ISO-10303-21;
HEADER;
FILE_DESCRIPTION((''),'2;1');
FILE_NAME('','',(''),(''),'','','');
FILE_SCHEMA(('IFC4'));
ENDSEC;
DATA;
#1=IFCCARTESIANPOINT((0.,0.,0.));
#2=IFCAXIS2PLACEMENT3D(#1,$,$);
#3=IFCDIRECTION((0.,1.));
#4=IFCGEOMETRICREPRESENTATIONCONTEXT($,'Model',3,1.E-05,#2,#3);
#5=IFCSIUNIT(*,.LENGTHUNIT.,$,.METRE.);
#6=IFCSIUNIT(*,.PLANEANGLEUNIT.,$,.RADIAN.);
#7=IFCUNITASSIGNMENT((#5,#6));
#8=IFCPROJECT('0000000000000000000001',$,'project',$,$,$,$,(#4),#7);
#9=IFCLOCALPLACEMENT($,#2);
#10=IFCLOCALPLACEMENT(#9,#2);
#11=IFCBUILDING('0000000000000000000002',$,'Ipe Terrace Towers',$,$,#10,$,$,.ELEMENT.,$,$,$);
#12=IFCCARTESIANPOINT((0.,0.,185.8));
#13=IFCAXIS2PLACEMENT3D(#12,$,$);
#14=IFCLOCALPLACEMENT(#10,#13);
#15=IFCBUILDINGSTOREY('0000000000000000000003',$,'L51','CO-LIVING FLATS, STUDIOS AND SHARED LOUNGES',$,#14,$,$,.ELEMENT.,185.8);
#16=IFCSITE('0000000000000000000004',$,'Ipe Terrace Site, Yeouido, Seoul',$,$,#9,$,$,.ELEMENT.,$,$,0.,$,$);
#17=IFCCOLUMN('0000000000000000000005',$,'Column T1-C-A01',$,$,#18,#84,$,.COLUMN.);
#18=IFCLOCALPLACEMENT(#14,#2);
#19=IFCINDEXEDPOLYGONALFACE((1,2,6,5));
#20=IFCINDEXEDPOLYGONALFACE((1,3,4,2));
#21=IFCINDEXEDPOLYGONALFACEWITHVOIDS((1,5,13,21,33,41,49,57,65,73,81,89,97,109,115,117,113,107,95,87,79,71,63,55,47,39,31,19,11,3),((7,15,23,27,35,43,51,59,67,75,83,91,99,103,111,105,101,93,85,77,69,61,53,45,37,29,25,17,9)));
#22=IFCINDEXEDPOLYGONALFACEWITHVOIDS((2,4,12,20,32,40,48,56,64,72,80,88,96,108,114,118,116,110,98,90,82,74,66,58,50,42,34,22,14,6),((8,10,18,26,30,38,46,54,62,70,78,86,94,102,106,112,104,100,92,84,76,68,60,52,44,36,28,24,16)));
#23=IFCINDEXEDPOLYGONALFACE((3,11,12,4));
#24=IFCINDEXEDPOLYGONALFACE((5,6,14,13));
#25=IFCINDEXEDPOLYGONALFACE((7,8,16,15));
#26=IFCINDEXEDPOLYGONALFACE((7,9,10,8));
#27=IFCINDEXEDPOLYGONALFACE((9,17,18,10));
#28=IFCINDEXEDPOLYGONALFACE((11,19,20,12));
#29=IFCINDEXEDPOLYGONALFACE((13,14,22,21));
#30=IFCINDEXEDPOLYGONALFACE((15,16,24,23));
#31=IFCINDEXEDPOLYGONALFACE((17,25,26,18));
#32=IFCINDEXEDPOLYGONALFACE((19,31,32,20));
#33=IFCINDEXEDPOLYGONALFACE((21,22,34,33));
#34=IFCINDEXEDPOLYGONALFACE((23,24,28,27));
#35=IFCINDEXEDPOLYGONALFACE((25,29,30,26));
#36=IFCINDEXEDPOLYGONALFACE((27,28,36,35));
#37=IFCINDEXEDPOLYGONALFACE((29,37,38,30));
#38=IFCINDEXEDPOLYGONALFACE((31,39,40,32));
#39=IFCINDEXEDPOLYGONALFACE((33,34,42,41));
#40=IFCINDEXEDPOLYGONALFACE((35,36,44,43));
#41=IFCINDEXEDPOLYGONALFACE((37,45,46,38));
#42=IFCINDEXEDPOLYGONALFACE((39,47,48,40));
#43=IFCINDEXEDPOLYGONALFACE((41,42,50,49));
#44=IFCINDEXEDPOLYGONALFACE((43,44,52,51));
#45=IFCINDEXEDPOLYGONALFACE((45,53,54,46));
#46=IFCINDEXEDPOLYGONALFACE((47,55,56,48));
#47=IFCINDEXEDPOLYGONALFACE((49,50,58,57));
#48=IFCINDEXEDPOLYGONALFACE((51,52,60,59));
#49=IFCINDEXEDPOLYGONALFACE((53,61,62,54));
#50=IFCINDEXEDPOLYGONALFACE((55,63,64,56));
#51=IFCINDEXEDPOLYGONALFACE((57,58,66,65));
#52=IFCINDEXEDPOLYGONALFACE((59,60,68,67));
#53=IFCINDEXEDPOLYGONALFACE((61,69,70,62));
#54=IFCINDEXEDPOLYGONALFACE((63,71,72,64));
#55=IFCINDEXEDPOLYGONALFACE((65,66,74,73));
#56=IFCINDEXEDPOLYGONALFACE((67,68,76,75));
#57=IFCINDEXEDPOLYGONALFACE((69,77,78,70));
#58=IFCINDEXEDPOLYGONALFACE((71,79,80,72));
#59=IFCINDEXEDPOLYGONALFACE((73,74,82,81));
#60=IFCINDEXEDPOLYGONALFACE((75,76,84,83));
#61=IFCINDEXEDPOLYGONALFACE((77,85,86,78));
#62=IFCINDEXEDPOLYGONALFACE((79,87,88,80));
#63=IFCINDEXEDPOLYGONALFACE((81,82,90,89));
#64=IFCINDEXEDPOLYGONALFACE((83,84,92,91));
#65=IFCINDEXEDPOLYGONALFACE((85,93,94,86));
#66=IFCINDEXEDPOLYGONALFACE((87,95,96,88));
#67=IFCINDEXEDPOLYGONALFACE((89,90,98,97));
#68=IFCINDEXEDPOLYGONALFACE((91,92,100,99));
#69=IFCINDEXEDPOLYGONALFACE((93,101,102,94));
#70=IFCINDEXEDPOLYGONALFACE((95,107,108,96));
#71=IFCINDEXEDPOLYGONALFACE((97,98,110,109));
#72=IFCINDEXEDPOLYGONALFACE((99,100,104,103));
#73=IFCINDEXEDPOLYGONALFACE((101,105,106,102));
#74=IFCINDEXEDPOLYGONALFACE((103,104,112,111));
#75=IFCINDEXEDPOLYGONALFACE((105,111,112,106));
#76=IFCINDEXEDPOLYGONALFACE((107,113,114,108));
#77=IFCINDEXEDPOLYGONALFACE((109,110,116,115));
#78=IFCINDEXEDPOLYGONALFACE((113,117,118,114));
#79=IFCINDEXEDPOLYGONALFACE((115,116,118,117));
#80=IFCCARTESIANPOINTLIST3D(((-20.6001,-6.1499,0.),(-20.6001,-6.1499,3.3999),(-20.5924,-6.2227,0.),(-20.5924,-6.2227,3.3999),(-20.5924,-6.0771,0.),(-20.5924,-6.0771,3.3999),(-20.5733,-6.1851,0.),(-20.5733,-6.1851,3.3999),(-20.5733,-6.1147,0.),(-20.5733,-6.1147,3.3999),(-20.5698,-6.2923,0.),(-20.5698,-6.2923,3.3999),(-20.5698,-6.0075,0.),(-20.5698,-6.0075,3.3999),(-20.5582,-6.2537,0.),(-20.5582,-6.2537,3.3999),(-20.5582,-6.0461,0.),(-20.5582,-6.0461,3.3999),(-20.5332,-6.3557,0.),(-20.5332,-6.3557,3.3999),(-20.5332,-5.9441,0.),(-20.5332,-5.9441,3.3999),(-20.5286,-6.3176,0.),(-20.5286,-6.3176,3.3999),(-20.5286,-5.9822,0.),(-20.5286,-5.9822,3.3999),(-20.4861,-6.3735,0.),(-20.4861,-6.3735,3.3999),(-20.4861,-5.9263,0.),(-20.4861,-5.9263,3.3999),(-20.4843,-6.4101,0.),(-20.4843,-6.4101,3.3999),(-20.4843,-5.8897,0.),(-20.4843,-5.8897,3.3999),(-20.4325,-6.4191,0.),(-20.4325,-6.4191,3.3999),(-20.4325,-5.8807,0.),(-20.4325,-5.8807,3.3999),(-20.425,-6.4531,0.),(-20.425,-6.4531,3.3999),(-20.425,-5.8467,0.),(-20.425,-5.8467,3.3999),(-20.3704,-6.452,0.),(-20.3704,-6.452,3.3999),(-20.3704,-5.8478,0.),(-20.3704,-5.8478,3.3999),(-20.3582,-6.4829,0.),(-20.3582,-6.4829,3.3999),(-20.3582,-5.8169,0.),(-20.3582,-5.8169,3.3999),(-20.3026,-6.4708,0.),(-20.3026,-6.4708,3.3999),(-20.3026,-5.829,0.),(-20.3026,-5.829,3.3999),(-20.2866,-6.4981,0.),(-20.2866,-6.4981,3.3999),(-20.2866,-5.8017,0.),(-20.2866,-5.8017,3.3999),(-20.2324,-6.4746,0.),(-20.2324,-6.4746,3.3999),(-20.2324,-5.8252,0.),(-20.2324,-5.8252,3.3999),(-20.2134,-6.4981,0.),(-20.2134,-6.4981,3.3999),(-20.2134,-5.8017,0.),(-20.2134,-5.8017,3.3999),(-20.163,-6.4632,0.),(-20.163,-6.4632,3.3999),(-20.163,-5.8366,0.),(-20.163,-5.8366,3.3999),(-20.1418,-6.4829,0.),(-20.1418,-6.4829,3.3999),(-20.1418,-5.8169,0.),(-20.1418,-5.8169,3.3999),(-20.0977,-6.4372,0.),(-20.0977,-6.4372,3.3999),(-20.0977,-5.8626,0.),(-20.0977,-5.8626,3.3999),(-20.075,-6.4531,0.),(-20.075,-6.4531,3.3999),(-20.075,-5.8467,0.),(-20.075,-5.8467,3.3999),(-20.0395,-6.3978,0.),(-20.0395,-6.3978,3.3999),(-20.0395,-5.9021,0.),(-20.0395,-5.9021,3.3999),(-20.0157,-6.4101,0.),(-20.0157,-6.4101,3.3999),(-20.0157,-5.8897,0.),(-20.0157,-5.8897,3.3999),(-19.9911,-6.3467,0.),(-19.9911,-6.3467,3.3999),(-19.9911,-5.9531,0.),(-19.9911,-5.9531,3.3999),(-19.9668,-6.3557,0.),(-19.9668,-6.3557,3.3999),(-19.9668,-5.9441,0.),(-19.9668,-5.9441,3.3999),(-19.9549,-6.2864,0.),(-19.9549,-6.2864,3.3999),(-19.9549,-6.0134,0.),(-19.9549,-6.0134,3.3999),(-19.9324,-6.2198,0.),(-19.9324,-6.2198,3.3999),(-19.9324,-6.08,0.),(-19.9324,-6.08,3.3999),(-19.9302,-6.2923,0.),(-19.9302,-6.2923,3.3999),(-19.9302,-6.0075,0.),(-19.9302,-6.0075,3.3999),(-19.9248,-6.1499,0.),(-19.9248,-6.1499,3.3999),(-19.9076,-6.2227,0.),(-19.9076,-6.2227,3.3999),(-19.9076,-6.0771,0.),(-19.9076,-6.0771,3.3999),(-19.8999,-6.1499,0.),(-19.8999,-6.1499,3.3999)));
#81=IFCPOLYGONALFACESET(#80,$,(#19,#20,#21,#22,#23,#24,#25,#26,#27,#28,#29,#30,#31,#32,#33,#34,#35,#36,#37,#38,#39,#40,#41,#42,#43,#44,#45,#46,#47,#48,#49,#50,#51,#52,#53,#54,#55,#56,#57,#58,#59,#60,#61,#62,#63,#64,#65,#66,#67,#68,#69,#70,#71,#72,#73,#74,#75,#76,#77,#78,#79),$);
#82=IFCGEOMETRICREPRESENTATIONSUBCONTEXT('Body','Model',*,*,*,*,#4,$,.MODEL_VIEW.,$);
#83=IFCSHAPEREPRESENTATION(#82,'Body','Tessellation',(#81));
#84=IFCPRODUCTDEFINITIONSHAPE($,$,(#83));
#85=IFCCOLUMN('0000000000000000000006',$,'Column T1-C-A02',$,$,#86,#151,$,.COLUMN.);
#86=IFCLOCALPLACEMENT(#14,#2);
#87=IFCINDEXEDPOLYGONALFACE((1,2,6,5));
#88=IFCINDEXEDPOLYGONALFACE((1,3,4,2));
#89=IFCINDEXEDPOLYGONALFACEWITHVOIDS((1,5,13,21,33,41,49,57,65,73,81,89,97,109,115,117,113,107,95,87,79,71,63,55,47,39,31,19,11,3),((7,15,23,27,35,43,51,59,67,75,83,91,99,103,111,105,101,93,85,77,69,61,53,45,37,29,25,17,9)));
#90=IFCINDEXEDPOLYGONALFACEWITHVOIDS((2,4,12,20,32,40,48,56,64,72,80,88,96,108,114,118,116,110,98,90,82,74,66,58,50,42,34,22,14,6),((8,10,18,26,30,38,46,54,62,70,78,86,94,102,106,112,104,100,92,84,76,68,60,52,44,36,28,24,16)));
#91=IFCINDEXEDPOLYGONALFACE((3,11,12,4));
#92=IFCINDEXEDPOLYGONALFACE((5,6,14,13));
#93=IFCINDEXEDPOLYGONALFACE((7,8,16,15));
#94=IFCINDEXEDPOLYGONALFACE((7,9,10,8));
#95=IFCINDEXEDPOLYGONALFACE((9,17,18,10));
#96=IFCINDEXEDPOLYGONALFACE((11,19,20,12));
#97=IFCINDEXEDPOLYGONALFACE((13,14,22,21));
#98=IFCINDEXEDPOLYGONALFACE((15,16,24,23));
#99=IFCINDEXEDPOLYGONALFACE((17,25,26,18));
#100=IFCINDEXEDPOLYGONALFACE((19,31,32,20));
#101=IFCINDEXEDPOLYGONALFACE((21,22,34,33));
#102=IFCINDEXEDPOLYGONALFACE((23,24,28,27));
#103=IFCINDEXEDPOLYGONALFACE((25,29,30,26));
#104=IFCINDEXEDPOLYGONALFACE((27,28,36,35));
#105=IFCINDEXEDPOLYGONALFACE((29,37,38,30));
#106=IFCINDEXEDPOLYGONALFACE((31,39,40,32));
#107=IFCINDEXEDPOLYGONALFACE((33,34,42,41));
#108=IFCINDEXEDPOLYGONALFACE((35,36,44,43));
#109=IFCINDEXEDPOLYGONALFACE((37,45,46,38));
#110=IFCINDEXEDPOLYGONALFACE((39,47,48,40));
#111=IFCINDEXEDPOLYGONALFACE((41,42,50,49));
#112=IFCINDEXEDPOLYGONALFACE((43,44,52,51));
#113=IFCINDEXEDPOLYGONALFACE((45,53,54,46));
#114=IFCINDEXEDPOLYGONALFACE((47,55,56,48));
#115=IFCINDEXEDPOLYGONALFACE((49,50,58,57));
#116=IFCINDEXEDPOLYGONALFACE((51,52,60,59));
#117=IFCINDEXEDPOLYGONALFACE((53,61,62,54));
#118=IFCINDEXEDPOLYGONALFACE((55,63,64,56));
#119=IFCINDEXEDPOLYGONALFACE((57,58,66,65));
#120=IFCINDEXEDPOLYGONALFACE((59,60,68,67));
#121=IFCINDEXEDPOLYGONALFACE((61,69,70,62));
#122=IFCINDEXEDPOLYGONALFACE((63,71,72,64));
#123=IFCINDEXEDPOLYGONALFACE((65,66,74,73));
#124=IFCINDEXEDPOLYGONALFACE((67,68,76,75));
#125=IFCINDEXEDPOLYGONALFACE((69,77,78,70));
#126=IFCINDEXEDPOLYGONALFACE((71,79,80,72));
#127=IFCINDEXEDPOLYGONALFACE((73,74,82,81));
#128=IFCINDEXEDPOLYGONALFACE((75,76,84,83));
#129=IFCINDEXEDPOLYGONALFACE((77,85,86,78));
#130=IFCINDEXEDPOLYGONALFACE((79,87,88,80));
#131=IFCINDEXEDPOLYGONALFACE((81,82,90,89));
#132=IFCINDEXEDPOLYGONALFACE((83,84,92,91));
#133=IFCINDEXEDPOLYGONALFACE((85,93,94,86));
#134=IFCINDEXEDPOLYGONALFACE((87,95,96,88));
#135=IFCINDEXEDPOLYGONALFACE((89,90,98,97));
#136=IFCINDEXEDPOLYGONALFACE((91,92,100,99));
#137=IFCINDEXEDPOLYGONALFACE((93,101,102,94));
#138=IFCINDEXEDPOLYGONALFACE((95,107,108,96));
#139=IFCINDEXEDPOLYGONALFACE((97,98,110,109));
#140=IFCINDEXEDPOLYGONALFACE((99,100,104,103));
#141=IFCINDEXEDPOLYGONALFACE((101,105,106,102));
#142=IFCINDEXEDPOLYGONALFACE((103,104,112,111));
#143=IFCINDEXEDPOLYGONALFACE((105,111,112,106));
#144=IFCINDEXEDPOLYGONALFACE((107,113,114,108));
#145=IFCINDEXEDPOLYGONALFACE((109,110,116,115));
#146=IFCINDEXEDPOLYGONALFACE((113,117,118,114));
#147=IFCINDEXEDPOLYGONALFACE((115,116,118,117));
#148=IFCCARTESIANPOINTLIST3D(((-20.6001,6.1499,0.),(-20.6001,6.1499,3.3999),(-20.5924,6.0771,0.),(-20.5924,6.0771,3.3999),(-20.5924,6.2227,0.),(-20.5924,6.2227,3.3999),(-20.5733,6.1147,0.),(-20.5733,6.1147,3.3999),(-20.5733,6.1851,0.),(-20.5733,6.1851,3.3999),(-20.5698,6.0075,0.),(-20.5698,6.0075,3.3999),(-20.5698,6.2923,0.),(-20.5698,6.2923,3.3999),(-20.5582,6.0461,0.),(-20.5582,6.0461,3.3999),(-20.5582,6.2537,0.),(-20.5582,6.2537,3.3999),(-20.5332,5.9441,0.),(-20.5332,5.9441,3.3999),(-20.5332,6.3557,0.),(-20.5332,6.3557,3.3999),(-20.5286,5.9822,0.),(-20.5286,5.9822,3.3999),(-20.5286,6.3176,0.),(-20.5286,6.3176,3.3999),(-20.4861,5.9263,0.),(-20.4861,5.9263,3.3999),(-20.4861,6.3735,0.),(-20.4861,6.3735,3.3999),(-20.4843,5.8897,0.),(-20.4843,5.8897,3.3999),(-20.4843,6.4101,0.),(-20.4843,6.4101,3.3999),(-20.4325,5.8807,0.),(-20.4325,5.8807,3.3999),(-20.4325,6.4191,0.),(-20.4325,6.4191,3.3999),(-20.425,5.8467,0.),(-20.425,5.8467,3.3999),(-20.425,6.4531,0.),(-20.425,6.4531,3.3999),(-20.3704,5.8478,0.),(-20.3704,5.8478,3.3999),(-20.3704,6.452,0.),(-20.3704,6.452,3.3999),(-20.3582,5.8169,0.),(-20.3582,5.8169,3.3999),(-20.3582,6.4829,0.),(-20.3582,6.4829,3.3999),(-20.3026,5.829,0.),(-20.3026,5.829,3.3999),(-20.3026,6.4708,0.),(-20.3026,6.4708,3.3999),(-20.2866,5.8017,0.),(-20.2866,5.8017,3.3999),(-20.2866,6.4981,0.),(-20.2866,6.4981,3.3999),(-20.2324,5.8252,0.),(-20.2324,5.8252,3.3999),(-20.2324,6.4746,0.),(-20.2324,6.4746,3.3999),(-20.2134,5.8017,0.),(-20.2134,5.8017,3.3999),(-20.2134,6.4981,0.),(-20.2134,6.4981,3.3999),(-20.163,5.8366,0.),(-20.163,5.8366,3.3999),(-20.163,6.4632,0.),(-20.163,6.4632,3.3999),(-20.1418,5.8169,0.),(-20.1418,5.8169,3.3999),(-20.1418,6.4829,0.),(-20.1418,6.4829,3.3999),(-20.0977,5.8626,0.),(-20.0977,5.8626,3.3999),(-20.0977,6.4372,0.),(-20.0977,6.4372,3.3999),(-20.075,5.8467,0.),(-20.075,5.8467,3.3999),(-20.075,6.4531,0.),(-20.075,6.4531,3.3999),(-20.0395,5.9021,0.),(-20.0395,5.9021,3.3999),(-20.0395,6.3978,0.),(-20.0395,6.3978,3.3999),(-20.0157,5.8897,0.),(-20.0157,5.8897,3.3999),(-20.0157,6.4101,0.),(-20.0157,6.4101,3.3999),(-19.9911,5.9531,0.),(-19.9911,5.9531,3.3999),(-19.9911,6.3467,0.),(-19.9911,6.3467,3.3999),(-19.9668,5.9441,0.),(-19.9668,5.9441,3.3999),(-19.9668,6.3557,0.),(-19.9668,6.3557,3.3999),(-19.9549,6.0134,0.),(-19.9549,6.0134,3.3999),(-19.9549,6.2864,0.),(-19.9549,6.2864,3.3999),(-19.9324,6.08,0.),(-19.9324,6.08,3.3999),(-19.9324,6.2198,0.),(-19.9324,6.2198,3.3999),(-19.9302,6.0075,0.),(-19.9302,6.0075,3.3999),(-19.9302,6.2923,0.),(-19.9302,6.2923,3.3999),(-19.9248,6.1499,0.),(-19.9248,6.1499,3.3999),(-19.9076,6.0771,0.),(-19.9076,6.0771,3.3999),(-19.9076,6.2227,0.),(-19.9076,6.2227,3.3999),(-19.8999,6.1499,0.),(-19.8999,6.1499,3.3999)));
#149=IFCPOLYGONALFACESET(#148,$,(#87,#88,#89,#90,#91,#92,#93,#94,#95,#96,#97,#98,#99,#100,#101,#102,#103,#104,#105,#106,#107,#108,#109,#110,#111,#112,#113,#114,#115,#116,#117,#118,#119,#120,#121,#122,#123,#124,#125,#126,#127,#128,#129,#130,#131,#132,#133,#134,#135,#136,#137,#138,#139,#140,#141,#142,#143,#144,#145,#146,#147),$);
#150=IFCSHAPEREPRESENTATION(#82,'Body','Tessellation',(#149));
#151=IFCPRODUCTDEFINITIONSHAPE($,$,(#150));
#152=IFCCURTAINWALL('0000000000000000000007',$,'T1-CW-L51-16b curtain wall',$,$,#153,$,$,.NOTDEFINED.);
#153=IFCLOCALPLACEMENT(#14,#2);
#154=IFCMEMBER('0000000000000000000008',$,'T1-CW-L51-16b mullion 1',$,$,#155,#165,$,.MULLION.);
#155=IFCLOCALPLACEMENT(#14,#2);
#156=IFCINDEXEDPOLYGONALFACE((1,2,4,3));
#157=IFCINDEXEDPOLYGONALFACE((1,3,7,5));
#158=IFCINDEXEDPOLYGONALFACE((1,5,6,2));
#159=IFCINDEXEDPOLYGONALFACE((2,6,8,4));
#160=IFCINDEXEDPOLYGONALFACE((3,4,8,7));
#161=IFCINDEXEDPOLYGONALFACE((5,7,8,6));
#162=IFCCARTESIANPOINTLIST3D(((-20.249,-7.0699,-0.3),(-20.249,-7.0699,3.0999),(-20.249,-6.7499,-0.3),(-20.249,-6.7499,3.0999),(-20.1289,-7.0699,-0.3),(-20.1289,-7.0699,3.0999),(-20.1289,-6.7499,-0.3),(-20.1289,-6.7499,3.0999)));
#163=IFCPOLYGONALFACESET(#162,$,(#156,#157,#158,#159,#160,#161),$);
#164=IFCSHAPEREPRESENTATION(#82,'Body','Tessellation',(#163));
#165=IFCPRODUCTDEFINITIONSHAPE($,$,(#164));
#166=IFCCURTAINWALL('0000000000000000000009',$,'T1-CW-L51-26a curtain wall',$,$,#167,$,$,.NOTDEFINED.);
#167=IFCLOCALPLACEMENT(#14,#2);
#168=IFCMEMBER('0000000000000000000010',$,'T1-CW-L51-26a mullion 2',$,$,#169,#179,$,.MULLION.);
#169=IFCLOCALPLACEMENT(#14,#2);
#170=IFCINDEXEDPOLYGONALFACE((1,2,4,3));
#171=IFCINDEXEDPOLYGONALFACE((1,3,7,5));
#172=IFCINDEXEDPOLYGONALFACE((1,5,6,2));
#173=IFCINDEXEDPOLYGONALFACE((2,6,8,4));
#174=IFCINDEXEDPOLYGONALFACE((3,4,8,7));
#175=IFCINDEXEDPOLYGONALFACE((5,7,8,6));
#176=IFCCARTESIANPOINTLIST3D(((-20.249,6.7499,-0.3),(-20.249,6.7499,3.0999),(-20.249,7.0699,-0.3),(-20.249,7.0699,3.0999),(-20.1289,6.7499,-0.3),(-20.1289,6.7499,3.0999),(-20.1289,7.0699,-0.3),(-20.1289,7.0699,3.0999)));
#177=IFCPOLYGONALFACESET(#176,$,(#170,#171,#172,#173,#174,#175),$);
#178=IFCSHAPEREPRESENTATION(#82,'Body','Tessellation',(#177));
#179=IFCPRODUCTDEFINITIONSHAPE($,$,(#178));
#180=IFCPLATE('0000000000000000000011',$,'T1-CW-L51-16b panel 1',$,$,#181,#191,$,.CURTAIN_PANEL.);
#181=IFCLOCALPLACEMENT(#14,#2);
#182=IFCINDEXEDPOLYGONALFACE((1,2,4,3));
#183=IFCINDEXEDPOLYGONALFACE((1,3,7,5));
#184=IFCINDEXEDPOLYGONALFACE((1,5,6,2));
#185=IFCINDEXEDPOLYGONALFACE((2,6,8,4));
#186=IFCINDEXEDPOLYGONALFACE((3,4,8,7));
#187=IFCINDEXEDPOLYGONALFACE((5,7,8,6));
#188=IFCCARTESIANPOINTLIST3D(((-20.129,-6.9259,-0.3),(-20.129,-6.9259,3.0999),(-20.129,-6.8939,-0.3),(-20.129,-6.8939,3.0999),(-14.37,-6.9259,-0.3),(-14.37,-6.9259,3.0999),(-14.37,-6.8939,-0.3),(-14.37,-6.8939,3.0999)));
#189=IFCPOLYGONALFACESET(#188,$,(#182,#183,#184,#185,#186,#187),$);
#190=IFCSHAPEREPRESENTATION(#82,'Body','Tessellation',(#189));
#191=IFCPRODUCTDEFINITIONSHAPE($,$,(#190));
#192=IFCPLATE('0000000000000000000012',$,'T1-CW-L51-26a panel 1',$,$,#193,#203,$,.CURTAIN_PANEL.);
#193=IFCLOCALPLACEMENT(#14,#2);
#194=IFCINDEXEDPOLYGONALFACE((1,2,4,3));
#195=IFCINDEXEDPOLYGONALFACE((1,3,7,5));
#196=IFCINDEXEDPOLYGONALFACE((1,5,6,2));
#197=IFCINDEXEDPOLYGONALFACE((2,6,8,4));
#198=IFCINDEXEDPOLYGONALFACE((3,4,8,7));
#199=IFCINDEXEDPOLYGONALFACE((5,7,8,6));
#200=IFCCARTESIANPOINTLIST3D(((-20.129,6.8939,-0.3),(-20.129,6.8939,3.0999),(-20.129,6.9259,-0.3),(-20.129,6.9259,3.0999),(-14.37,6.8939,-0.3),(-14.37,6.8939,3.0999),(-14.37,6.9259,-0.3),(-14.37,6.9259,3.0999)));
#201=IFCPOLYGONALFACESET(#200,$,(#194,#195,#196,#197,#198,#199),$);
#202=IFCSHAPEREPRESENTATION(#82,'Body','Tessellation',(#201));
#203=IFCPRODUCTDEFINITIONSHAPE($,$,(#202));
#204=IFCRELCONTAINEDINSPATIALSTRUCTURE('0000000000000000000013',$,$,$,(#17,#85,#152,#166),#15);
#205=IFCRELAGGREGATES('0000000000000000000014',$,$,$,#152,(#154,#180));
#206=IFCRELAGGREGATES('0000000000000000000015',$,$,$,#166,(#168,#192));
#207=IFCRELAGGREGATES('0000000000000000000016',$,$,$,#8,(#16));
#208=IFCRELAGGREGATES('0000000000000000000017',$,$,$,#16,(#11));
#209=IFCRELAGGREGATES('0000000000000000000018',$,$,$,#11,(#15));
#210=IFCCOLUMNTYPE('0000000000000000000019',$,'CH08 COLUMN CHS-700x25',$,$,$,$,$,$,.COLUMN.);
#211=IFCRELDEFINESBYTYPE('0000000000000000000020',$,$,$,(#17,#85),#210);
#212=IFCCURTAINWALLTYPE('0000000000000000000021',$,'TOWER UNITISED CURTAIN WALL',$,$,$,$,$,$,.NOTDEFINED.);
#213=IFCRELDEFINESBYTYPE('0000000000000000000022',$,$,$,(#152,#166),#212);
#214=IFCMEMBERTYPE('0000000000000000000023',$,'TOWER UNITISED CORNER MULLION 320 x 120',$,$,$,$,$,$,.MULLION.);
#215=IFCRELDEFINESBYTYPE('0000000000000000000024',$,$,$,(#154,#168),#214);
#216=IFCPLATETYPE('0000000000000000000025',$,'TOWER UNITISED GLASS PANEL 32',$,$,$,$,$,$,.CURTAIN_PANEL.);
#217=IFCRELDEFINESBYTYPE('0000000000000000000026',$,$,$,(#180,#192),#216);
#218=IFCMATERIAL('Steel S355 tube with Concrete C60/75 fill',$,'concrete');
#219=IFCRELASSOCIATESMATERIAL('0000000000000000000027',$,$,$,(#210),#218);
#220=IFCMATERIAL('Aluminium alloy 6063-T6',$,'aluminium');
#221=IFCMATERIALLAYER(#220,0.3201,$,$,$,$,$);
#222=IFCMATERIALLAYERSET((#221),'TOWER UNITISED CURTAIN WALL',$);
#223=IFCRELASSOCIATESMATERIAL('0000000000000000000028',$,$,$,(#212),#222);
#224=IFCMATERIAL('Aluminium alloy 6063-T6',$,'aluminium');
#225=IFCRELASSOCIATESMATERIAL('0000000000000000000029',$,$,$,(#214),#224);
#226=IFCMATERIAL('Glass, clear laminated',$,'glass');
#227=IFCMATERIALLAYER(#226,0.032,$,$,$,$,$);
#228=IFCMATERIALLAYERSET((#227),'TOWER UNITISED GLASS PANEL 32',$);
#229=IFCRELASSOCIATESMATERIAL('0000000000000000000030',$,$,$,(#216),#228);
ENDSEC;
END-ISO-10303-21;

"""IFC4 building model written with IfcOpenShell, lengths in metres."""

from ifc_helpers import new_model, si_unit, direction, frame, origin, origin_2d, place, context, subcontext, project, spatial, rectangle, hollow_circle, extrude, material, layer, layer_set, material_profile, profile_set, type_object, element, aggregate, save


model = new_model("IFC4")

# Units and contexts
model_context = context("Model", 3, precision=1e-05, world=origin(), true_north=direction((0.0, 1.0)))
body_context = subcontext(model_context, "Body", "Model", "MODEL_VIEW")
ifc_project = project(units=[si_unit("LENGTHUNIT", "METRE"), si_unit("PLANEANGLEUNIT", "RADIAN")], contexts=[model_context])

# Site, building, storey
site_placement = place(None, origin())
site = spatial("IfcSite", under=ifc_project, at=site_placement, Name="Ipe Terrace Site, Yeouido, Seoul", CompositionType="ELEMENT", RefElevation=0.0)
building_placement = place(site_placement, origin())
building = spatial("IfcBuilding", under=site, at=building_placement, Name="Ipe Terrace Towers", CompositionType="ELEMENT")
storey_placement = place(building_placement, frame((0.0, 0.0, 185.8)))
storey = spatial("IfcBuildingStorey", under=building, at=storey_placement, Name="L51", Description="CO-LIVING FLATS, STUDIOS AND SHARED LOUNGES", CompositionType="ELEMENT", Elevation=185.8)

# Columns
ifc_material_1 = material(Name="Steel S355 tube with Concrete C60/75 fill", Category="concrete")
ifc_material_profile_1 = material_profile(ifc_material_1, hollow_circle(Radius=0.3501, WallThickness=0.0249, at=origin_2d()), Name="CHS-700x25")
ifc_profile_set_1 = profile_set([ifc_material_profile_1], Name="Steel S355 tube with Concrete C60/75 fill")
column_type = type_object("IfcColumnType", Name="CH08 COLUMN CHS-700x25", PredefinedType="COLUMN", material=ifc_profile_set_1)
for number, where, z_axis, x_axis, name in (
    (1, (-20.25, -6.1499, 0.0), (0.0, 0.0, 1.0), (1.0, 0.0, 0.0), "Column T1-C-A01"),
    (2, (-20.25, 6.1499, 0.0), (0.0, 0.0, 1.0), (1.0, 0.0, 0.0), "Column T1-C-A02"),
):
    element("IfcColumn", number, at=place(storey_placement, frame(where, z_axis=z_axis, x_axis=x_axis)), inside=storey, type_object=column_type, Name=name, PredefinedType="COLUMN", context=body_context, shape_type="SweptSolid", body=[
        extrude(hollow_circle(Radius=0.3501, WallThickness=0.0249, at=origin_2d()), origin(), (0.0, 0.0, 1.0), 3.3999),
    ])

# Curtain walls, members
ifc_material_2 = material(Name="Aluminium alloy 6063-T6", Category="aluminium")
ifc_layer_1 = layer(ifc_material_2, 0.3201)
ifc_layer_set_1 = layer_set([ifc_layer_1], Name="TOWER UNITISED CURTAIN WALL")
curtain_wall_type = type_object("IfcCurtainWallType", Name="TOWER UNITISED CURTAIN WALL", PredefinedType="NOTDEFINED", material=ifc_layer_set_1)
curtain_wall_1_placement = place(storey_placement, origin())
curtain_wall_1 = element("IfcCurtainWall", 3, at=curtain_wall_1_placement, inside=storey, type_object=curtain_wall_type, Name="T1-CW-L51-16b curtain wall", PredefinedType="NOTDEFINED")
ifc_material_3 = material(Name="Aluminium alloy 6063-T6", Category="aluminium")
ifc_material_profile_2 = material_profile(ifc_material_3, rectangle(XDim=0.3201, YDim=0.1201, at=origin_2d()), Name="TOWER UNITISED CORNER MULLION 320 x 120")
ifc_profile_set_2 = profile_set([ifc_material_profile_2], Name="Aluminium alloy 6063-T6")
member_type = type_object("IfcMemberType", Name="TOWER UNITISED CORNER MULLION 320 x 120", PredefinedType="MULLION", material=ifc_profile_set_2)
member_1_placement = place(storey_placement, frame((-20.189, -6.9099, -0.3), z_axis=(0.0, 0.0, 1.0), x_axis=(0.0, -1.0, 0.0)))
member_1 = element("IfcMember", 4, at=member_1_placement, type_object=member_type, Name="T1-CW-L51-16b mullion 1", PredefinedType="MULLION", context=body_context, shape_type="SweptSolid", body=[
    extrude(rectangle(XDim=0.3201, YDim=0.1201, at=origin_2d()), origin(), (0.0, 0.0, 1.0), 3.3999),
])
curtain_wall_2_placement = place(storey_placement, origin())
curtain_wall_2 = element("IfcCurtainWall", 5, at=curtain_wall_2_placement, inside=storey, type_object=curtain_wall_type, Name="T1-CW-L51-26a curtain wall", PredefinedType="NOTDEFINED")
member_2_placement = place(storey_placement, frame((-20.189, 6.9099, -0.3), z_axis=(0.0, 0.0, 1.0), x_axis=(0.0, 1.0, 0.0)))
member_2 = element("IfcMember", 6, at=member_2_placement, type_object=member_type, Name="T1-CW-L51-26a mullion 2", PredefinedType="MULLION", context=body_context, shape_type="SweptSolid", body=[
    extrude(rectangle(XDim=0.3201, YDim=0.1201, at=origin_2d()), origin(), (0.0, 0.0, 1.0), 3.3999),
])

# Plates
ifc_material_4 = material(Name="Glass, clear laminated", Category="glass")
ifc_layer_2 = layer(ifc_material_4, 0.032)
ifc_layer_set_2 = layer_set([ifc_layer_2], Name="TOWER UNITISED GLASS PANEL 32")
plate_type = type_object("IfcPlateType", Name="TOWER UNITISED GLASS PANEL 32", PredefinedType="CURTAIN_PANEL", material=ifc_layer_set_2)
plate_1_placement = place(storey_placement, frame((-17.2495, -6.9099, -0.3), z_axis=(0.0, 0.0, 1.0), x_axis=(1.0, 0.0, 0.0)))
plate_1 = element("IfcPlate", 7, at=plate_1_placement, type_object=plate_type, Name="T1-CW-L51-16b panel 1", PredefinedType="CURTAIN_PANEL", context=body_context, shape_type="SweptSolid", body=[
    extrude(rectangle(XDim=5.759, YDim=0.032, at=origin_2d()), origin(), (0.0, 0.0, 1.0), 3.3999),
])
aggregate(curtain_wall_1, [member_1, plate_1])
plate_2_placement = place(storey_placement, frame((-17.2495, 6.9099, -0.3), z_axis=(0.0, 0.0, 1.0), x_axis=(-1.0, 0.0, 0.0)))
plate_2 = element("IfcPlate", 8, at=plate_2_placement, type_object=plate_type, Name="T1-CW-L51-26a panel 1", PredefinedType="CURTAIN_PANEL", context=body_context, shape_type="SweptSolid", body=[
    extrude(rectangle(XDim=5.759, YDim=0.032, at=origin_2d()), origin(), (0.0, 0.0, 1.0), 3.3999),
])
aggregate(curtain_wall_2, [member_2, plate_2])

save(model, "model.ifc")
